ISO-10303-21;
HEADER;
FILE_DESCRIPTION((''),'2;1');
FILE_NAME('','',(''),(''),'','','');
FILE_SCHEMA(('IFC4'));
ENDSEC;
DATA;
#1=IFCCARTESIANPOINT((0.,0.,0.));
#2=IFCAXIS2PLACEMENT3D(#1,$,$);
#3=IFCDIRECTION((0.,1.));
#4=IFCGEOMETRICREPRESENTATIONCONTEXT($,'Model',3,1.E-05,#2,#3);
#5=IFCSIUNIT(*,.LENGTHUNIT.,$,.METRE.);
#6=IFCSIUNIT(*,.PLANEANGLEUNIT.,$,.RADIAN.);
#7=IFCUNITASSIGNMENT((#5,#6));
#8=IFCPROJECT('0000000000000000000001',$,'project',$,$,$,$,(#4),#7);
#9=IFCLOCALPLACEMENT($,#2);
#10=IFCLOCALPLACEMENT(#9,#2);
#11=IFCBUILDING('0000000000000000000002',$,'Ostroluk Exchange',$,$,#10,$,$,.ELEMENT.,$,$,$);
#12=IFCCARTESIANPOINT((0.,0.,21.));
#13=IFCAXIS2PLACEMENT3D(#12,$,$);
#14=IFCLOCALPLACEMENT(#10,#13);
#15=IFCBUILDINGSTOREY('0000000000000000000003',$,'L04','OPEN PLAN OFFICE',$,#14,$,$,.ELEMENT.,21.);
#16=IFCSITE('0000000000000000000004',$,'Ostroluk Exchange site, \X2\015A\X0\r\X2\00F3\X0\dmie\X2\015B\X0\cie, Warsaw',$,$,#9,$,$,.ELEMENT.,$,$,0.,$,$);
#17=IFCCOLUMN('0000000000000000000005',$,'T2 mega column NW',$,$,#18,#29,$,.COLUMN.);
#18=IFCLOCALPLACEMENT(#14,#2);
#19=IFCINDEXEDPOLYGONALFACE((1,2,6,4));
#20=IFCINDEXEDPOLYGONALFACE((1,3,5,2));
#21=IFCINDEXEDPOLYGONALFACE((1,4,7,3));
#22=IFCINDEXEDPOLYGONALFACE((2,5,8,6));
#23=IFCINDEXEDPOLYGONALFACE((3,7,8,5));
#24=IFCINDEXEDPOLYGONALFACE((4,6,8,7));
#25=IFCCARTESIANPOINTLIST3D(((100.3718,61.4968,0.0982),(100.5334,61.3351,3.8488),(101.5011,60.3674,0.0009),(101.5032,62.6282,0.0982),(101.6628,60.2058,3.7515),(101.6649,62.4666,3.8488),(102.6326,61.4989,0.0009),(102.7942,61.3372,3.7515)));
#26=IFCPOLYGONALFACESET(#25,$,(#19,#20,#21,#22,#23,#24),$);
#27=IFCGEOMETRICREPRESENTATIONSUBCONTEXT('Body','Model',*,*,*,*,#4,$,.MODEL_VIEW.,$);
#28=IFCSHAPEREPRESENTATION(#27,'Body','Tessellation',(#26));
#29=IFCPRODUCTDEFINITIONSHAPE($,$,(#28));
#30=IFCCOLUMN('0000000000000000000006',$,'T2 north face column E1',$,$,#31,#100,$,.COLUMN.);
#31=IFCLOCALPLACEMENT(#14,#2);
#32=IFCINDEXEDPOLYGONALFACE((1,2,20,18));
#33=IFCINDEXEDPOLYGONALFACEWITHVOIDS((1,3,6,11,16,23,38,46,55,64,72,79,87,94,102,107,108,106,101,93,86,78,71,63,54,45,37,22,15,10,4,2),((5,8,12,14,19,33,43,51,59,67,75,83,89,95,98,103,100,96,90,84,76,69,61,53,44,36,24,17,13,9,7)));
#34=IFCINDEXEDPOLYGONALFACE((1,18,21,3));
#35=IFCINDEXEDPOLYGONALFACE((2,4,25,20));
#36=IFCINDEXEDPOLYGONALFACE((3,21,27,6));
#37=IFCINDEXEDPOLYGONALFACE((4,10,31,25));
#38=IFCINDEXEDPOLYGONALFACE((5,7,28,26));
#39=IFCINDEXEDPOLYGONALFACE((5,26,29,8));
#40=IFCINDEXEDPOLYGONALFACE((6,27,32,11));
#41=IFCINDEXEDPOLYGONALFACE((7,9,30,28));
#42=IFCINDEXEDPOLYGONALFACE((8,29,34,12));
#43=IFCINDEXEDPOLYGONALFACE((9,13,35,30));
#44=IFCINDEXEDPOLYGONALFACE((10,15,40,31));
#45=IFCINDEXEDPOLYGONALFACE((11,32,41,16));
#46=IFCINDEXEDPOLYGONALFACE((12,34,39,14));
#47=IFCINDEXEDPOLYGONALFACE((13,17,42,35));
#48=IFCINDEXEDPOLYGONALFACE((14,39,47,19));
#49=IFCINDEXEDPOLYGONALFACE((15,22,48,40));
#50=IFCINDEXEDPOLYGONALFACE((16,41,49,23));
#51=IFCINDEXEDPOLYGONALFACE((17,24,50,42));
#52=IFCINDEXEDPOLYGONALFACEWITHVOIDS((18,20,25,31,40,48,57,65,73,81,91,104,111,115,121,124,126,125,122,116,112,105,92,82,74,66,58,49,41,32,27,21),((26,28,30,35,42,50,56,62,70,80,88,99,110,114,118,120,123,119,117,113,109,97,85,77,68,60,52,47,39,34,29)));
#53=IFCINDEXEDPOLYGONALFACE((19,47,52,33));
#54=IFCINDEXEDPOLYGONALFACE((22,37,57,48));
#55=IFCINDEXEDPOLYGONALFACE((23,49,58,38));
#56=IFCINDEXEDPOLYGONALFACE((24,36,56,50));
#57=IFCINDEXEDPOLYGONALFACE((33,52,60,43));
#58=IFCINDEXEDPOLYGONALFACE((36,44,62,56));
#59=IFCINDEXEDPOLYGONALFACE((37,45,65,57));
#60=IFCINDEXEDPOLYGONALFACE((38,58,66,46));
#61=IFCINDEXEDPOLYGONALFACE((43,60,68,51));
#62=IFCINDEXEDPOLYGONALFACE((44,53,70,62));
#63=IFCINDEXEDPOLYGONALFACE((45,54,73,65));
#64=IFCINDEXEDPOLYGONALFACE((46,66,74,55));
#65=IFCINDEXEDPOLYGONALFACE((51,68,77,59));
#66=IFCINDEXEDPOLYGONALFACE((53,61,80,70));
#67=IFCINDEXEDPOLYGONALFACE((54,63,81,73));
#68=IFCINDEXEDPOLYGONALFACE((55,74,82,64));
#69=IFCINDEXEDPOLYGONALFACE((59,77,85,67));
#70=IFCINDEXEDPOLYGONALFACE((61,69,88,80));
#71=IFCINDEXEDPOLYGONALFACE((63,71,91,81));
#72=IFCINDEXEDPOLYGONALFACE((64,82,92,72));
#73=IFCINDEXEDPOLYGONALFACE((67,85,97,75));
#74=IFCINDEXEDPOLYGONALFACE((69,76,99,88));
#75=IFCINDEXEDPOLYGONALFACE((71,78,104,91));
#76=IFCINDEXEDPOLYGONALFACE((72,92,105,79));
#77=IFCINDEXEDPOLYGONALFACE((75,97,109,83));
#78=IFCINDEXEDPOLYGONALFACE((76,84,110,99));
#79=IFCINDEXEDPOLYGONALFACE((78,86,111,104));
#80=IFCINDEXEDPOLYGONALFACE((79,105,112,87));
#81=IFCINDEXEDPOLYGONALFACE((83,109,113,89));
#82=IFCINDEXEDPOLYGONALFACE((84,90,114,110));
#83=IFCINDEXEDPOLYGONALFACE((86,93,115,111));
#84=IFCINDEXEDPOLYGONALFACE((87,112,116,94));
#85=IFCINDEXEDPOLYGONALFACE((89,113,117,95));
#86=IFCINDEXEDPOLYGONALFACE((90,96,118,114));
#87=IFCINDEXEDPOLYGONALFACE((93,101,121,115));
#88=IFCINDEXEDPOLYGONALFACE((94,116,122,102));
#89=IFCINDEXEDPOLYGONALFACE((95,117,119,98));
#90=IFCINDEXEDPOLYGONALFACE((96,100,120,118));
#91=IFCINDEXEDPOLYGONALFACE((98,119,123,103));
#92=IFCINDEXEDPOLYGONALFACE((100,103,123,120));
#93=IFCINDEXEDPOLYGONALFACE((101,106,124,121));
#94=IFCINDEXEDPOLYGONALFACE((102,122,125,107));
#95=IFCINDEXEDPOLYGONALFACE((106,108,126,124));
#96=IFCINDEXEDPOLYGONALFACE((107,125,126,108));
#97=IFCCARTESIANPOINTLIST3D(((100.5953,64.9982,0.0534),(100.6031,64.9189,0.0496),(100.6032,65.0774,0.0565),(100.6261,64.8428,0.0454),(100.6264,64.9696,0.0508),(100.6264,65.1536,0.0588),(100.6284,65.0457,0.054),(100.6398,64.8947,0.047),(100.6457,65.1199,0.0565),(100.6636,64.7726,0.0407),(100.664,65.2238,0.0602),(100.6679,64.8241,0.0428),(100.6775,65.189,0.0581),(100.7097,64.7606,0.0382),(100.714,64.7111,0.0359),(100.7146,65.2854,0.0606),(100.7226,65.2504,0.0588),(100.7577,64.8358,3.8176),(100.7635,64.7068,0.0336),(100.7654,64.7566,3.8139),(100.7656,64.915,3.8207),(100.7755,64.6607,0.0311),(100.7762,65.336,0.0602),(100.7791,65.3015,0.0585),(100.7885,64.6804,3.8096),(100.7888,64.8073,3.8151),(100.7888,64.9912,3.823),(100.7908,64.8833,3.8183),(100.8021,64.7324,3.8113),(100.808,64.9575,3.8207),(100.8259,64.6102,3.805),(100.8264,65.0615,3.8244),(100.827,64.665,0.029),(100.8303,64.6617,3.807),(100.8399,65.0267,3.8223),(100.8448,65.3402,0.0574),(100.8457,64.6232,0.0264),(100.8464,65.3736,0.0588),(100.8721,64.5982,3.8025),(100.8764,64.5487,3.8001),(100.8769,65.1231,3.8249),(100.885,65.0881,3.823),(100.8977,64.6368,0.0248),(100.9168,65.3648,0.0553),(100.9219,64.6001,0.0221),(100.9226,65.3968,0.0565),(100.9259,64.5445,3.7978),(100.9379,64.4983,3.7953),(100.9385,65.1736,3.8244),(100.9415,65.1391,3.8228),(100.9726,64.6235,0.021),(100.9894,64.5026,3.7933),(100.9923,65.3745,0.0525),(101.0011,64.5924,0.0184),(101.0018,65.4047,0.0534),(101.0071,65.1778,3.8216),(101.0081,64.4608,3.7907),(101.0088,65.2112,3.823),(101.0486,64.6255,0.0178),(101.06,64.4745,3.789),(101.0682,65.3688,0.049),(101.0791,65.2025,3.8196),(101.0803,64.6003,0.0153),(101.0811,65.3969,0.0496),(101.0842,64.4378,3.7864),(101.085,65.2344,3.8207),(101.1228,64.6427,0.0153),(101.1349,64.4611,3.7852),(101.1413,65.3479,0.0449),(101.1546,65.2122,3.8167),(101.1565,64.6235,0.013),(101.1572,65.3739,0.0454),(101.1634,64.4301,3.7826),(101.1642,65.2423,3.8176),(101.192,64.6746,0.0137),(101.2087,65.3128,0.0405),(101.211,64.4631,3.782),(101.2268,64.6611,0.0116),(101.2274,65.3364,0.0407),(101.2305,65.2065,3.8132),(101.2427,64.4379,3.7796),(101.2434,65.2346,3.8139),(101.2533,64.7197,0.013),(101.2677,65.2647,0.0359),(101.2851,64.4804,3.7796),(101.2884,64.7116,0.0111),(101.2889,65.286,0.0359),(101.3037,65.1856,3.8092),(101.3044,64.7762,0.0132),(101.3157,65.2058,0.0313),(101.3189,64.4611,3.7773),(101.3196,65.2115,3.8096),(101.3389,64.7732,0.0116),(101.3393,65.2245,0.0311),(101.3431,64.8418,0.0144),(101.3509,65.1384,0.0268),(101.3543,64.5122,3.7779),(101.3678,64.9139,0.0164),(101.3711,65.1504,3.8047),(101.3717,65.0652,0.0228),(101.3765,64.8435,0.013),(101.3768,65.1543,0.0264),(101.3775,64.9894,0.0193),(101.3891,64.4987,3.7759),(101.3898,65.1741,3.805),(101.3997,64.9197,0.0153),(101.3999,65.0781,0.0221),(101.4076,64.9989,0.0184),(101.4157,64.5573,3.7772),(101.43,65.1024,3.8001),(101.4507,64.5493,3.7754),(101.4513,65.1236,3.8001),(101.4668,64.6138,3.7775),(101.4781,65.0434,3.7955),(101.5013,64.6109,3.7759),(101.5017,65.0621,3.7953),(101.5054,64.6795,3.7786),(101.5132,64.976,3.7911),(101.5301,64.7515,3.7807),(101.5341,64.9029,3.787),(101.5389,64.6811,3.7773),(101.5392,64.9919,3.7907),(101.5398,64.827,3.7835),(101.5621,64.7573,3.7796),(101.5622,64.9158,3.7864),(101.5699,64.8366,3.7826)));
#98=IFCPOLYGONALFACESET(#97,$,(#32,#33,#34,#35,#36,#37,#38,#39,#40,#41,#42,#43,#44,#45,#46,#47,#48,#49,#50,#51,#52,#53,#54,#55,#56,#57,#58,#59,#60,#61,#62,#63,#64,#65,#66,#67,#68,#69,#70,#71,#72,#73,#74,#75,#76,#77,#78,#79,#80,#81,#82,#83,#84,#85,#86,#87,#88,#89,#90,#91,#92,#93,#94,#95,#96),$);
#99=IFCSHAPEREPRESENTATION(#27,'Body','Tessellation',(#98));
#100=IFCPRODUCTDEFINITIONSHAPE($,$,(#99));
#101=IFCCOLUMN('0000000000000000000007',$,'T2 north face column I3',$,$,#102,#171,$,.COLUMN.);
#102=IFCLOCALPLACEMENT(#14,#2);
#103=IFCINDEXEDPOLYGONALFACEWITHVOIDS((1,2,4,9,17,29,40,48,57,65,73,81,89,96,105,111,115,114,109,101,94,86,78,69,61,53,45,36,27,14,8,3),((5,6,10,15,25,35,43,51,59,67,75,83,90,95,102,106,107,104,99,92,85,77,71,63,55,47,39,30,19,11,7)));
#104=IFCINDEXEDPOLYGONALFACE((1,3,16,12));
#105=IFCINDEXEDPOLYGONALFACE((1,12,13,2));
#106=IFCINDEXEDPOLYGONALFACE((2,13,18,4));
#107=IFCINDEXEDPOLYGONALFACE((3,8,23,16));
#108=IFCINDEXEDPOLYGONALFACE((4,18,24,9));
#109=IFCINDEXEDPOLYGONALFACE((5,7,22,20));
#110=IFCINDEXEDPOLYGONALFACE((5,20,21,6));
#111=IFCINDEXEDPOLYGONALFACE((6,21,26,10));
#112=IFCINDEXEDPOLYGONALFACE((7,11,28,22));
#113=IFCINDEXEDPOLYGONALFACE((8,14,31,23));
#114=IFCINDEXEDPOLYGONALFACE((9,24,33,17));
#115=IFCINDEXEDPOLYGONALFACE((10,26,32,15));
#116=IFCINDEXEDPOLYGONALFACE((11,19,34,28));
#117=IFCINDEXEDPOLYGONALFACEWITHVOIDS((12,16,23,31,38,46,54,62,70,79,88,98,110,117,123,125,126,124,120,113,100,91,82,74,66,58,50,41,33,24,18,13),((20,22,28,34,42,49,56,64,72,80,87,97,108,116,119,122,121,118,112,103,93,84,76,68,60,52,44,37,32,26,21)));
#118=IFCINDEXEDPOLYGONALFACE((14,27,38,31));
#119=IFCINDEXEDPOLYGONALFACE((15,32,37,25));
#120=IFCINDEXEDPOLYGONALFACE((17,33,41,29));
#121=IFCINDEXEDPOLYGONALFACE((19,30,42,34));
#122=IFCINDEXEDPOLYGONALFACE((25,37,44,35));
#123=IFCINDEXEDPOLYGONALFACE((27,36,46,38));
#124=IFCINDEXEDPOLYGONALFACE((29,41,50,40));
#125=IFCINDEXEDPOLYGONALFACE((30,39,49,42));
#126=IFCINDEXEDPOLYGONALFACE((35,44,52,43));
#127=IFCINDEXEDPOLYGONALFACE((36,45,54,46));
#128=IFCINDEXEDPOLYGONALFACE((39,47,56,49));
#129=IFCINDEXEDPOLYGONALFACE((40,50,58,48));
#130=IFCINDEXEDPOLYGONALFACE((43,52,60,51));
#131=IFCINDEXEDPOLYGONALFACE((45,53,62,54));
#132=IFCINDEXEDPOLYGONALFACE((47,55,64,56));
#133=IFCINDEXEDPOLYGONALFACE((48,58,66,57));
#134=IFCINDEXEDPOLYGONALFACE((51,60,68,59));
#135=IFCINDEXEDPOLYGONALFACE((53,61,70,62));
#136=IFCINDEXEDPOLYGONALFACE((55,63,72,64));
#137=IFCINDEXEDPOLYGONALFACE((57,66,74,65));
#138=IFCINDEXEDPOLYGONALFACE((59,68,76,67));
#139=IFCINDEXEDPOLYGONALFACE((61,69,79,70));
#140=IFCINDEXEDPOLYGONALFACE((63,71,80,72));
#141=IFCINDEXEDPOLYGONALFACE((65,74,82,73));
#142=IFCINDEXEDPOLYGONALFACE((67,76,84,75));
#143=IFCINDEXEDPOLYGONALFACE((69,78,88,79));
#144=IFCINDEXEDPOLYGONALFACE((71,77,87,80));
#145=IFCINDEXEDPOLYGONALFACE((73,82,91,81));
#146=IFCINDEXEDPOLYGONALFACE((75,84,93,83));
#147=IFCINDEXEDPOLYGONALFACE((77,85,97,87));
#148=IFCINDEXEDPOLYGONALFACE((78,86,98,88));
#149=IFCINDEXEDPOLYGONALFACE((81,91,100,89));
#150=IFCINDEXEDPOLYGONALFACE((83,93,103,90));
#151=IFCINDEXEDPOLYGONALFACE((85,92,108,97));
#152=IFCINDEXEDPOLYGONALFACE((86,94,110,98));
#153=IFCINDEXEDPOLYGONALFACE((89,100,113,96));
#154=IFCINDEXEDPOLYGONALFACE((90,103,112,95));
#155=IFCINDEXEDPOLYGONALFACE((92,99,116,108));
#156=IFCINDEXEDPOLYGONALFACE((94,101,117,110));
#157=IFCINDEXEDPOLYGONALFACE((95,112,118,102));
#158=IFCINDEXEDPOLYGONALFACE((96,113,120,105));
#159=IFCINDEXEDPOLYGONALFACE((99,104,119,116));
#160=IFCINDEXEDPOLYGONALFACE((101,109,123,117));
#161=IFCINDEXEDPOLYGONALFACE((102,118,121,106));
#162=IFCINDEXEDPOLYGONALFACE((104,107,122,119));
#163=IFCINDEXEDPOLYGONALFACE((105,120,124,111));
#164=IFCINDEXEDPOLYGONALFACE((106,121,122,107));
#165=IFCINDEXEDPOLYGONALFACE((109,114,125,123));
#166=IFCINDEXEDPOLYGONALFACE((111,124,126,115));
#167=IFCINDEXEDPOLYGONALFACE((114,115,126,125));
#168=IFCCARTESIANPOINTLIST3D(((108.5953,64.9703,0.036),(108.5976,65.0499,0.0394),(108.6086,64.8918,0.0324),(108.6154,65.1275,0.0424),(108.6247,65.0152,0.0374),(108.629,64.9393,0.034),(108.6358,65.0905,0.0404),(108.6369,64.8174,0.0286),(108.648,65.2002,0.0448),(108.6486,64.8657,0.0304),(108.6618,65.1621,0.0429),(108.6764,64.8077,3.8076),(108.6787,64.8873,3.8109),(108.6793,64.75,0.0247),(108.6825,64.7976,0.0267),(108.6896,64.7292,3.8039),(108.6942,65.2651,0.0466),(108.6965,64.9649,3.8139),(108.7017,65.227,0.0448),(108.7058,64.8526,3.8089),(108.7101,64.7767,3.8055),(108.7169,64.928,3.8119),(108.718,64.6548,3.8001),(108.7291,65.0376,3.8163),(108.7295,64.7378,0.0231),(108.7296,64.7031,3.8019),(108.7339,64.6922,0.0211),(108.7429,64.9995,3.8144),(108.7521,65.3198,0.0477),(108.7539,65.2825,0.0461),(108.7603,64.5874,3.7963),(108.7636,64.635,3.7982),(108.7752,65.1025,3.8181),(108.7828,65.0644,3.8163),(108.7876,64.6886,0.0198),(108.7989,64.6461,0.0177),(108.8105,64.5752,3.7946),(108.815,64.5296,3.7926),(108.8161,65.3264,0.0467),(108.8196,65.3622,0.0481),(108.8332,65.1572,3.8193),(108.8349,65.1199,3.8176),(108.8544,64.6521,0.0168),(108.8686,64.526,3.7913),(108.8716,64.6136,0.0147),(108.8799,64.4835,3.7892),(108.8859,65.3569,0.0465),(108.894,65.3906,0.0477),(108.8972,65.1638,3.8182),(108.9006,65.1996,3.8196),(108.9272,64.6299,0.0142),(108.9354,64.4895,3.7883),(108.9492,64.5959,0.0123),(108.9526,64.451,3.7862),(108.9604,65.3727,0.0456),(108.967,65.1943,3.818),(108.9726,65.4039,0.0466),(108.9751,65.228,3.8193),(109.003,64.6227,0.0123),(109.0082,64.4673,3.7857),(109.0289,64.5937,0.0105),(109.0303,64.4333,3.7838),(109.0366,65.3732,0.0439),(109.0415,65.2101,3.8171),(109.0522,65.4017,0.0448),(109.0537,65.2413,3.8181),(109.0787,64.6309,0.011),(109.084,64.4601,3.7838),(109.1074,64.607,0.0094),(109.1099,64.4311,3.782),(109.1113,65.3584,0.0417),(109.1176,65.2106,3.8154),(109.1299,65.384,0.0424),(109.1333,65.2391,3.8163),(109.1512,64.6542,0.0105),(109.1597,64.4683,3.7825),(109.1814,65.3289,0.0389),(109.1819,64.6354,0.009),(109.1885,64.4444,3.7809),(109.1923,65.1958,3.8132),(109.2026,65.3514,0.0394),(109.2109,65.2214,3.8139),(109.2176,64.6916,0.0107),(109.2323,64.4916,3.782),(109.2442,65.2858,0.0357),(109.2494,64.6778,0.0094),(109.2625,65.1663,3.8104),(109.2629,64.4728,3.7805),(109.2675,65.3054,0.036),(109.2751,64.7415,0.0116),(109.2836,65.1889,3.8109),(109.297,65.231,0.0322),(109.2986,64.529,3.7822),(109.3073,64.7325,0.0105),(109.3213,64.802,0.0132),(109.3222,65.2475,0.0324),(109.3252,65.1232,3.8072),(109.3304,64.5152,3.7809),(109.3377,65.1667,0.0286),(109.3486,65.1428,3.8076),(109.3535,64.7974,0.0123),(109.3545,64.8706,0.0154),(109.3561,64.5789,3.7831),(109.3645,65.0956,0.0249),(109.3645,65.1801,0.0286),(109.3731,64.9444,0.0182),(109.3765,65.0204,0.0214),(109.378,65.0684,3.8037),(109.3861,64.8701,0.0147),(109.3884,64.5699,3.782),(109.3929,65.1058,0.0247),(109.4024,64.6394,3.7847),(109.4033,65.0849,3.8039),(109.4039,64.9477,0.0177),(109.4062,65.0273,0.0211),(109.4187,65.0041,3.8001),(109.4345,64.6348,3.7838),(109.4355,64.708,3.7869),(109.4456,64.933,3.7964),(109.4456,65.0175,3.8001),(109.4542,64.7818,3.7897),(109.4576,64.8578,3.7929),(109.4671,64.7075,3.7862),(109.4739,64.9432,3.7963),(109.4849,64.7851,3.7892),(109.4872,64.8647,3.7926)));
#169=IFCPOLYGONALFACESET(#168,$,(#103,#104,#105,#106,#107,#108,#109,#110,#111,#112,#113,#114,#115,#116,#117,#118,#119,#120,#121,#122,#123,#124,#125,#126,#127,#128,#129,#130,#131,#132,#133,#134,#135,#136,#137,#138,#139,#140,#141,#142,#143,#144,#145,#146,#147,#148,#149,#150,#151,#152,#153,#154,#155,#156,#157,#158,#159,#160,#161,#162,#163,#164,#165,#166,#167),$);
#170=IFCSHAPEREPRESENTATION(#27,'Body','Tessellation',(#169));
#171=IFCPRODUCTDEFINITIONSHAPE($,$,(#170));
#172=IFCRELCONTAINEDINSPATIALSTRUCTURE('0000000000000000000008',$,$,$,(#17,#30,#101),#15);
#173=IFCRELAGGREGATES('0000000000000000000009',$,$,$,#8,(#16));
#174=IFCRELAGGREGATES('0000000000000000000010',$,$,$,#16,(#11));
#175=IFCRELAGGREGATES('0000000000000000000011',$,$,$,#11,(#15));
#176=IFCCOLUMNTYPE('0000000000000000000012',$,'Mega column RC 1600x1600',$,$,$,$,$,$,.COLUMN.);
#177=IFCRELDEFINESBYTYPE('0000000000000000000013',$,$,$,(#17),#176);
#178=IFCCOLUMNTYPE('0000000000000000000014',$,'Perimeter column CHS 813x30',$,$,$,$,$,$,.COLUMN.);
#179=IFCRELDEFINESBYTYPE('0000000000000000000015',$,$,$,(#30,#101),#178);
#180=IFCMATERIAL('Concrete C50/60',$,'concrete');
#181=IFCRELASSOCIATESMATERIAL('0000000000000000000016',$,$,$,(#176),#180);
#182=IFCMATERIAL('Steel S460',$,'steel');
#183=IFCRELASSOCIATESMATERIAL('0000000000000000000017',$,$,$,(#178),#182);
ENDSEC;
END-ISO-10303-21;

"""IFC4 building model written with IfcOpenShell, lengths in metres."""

from ifc_helpers import new_model, si_unit, direction, frame, origin, origin_2d, place, context, subcontext, project, spatial, rectangle, hollow_circle, extrude, material, material_profile, profile_set, type_object, element, save


model = new_model("IFC4")

# Units and contexts
model_context = context("Model", 3, precision=1e-05, world=origin(), true_north=direction((0.0, 1.0)))
body_context = subcontext(model_context, "Body", "Model", "MODEL_VIEW")
ifc_project = project(units=[si_unit("LENGTHUNIT", "METRE"), si_unit("PLANEANGLEUNIT", "RADIAN")], contexts=[model_context])

# Site, building, storey
site_placement = place(None, origin())
site = spatial("IfcSite", under=ifc_project, at=site_placement, Name="Ostroluk Exchange site, Śródmieście, Warsaw", CompositionType="ELEMENT", RefElevation=0.0)
building_placement = place(site_placement, origin())
building = spatial("IfcBuilding", under=site, at=building_placement, Name="Ostroluk Exchange", CompositionType="ELEMENT")
storey_placement = place(building_placement, frame((0.0, 0.0, 21.0)))
storey = spatial("IfcBuildingStorey", under=building, at=storey_placement, Name="L04", Description="OPEN PLAN OFFICE", CompositionType="ELEMENT", Elevation=21.0)

# Columns
ifc_material_1 = material(Name="Concrete C50/60", Category="concrete")
ifc_material_profile_1 = material_profile(ifc_material_1, rectangle(XDim=1.6001, YDim=1.6001, at=origin_2d()), Name="RC 1600x1600")
ifc_profile_set_1 = profile_set([ifc_material_profile_1], Name="Concrete C50/60")
column_type_1 = type_object("IfcColumnType", Name="Mega column RC 1600x1600", PredefinedType="COLUMN", material=ifc_profile_set_1)
column_1_placement = place(storey_placement, frame((101.5022, 61.4978, 0.0496), z_axis=(0.043014, -0.043014, 0.998148), x_axis=(0.707107, 0.707107, 0.0)))
element("IfcColumn", 1, at=column_1_placement, inside=storey, type_object=column_type_1, Name="T2 mega column NW", PredefinedType="COLUMN", context=body_context, shape_type="SweptSolid", body=[
    extrude(rectangle(XDim=1.6001, YDim=1.6001, at=origin_2d()), origin(), (0.0, 0.0, 1.0), 3.7576),
])
ifc_material_2 = material(Name="Steel S460", Category="steel")
ifc_material_profile_2 = material_profile(ifc_material_2, hollow_circle(Radius=0.4065, WallThickness=0.03, at=origin_2d()), Name="CHS 813x30")
ifc_profile_set_2 = profile_set([ifc_material_profile_2], Name="Steel S460")
column_type_2 = type_object("IfcColumnType", Name="Perimeter column CHS 813x30", PredefinedType="COLUMN", material=ifc_profile_set_2)
column_2_placement = place(storey_placement, frame((101.0015, 64.9985, 0.0359), z_axis=(0.043051, -0.043051, 0.998145), x_axis=(0.707107, 0.707107, 0.0)))
element("IfcColumn", 2, at=column_2_placement, inside=storey, type_object=column_type_2, Name="T2 north face column E1", PredefinedType="COLUMN", context=body_context, shape_type="SweptSolid", body=[
    extrude(hollow_circle(Radius=0.4065, WallThickness=0.03, at=origin_2d()), origin(), (0.0, 0.0, 1.0), 3.7712),
])
column_3_placement = place(storey_placement, frame((109.0007, 64.9988, 0.0286), z_axis=(0.021467, -0.043062, 0.998842), x_axis=(0.894964, 0.446138, 0.0)))
element("IfcColumn", 3, at=column_3_placement, inside=storey, type_object=column_type_2, Name="T2 north face column I3", PredefinedType="COLUMN", context=body_context, shape_type="SweptSolid", body=[
    extrude(hollow_circle(Radius=0.4065, WallThickness=0.03, at=origin_2d()), origin(), (0.0, 0.0, 1.0), 3.7759),
])

save(model, "model.ifc")
